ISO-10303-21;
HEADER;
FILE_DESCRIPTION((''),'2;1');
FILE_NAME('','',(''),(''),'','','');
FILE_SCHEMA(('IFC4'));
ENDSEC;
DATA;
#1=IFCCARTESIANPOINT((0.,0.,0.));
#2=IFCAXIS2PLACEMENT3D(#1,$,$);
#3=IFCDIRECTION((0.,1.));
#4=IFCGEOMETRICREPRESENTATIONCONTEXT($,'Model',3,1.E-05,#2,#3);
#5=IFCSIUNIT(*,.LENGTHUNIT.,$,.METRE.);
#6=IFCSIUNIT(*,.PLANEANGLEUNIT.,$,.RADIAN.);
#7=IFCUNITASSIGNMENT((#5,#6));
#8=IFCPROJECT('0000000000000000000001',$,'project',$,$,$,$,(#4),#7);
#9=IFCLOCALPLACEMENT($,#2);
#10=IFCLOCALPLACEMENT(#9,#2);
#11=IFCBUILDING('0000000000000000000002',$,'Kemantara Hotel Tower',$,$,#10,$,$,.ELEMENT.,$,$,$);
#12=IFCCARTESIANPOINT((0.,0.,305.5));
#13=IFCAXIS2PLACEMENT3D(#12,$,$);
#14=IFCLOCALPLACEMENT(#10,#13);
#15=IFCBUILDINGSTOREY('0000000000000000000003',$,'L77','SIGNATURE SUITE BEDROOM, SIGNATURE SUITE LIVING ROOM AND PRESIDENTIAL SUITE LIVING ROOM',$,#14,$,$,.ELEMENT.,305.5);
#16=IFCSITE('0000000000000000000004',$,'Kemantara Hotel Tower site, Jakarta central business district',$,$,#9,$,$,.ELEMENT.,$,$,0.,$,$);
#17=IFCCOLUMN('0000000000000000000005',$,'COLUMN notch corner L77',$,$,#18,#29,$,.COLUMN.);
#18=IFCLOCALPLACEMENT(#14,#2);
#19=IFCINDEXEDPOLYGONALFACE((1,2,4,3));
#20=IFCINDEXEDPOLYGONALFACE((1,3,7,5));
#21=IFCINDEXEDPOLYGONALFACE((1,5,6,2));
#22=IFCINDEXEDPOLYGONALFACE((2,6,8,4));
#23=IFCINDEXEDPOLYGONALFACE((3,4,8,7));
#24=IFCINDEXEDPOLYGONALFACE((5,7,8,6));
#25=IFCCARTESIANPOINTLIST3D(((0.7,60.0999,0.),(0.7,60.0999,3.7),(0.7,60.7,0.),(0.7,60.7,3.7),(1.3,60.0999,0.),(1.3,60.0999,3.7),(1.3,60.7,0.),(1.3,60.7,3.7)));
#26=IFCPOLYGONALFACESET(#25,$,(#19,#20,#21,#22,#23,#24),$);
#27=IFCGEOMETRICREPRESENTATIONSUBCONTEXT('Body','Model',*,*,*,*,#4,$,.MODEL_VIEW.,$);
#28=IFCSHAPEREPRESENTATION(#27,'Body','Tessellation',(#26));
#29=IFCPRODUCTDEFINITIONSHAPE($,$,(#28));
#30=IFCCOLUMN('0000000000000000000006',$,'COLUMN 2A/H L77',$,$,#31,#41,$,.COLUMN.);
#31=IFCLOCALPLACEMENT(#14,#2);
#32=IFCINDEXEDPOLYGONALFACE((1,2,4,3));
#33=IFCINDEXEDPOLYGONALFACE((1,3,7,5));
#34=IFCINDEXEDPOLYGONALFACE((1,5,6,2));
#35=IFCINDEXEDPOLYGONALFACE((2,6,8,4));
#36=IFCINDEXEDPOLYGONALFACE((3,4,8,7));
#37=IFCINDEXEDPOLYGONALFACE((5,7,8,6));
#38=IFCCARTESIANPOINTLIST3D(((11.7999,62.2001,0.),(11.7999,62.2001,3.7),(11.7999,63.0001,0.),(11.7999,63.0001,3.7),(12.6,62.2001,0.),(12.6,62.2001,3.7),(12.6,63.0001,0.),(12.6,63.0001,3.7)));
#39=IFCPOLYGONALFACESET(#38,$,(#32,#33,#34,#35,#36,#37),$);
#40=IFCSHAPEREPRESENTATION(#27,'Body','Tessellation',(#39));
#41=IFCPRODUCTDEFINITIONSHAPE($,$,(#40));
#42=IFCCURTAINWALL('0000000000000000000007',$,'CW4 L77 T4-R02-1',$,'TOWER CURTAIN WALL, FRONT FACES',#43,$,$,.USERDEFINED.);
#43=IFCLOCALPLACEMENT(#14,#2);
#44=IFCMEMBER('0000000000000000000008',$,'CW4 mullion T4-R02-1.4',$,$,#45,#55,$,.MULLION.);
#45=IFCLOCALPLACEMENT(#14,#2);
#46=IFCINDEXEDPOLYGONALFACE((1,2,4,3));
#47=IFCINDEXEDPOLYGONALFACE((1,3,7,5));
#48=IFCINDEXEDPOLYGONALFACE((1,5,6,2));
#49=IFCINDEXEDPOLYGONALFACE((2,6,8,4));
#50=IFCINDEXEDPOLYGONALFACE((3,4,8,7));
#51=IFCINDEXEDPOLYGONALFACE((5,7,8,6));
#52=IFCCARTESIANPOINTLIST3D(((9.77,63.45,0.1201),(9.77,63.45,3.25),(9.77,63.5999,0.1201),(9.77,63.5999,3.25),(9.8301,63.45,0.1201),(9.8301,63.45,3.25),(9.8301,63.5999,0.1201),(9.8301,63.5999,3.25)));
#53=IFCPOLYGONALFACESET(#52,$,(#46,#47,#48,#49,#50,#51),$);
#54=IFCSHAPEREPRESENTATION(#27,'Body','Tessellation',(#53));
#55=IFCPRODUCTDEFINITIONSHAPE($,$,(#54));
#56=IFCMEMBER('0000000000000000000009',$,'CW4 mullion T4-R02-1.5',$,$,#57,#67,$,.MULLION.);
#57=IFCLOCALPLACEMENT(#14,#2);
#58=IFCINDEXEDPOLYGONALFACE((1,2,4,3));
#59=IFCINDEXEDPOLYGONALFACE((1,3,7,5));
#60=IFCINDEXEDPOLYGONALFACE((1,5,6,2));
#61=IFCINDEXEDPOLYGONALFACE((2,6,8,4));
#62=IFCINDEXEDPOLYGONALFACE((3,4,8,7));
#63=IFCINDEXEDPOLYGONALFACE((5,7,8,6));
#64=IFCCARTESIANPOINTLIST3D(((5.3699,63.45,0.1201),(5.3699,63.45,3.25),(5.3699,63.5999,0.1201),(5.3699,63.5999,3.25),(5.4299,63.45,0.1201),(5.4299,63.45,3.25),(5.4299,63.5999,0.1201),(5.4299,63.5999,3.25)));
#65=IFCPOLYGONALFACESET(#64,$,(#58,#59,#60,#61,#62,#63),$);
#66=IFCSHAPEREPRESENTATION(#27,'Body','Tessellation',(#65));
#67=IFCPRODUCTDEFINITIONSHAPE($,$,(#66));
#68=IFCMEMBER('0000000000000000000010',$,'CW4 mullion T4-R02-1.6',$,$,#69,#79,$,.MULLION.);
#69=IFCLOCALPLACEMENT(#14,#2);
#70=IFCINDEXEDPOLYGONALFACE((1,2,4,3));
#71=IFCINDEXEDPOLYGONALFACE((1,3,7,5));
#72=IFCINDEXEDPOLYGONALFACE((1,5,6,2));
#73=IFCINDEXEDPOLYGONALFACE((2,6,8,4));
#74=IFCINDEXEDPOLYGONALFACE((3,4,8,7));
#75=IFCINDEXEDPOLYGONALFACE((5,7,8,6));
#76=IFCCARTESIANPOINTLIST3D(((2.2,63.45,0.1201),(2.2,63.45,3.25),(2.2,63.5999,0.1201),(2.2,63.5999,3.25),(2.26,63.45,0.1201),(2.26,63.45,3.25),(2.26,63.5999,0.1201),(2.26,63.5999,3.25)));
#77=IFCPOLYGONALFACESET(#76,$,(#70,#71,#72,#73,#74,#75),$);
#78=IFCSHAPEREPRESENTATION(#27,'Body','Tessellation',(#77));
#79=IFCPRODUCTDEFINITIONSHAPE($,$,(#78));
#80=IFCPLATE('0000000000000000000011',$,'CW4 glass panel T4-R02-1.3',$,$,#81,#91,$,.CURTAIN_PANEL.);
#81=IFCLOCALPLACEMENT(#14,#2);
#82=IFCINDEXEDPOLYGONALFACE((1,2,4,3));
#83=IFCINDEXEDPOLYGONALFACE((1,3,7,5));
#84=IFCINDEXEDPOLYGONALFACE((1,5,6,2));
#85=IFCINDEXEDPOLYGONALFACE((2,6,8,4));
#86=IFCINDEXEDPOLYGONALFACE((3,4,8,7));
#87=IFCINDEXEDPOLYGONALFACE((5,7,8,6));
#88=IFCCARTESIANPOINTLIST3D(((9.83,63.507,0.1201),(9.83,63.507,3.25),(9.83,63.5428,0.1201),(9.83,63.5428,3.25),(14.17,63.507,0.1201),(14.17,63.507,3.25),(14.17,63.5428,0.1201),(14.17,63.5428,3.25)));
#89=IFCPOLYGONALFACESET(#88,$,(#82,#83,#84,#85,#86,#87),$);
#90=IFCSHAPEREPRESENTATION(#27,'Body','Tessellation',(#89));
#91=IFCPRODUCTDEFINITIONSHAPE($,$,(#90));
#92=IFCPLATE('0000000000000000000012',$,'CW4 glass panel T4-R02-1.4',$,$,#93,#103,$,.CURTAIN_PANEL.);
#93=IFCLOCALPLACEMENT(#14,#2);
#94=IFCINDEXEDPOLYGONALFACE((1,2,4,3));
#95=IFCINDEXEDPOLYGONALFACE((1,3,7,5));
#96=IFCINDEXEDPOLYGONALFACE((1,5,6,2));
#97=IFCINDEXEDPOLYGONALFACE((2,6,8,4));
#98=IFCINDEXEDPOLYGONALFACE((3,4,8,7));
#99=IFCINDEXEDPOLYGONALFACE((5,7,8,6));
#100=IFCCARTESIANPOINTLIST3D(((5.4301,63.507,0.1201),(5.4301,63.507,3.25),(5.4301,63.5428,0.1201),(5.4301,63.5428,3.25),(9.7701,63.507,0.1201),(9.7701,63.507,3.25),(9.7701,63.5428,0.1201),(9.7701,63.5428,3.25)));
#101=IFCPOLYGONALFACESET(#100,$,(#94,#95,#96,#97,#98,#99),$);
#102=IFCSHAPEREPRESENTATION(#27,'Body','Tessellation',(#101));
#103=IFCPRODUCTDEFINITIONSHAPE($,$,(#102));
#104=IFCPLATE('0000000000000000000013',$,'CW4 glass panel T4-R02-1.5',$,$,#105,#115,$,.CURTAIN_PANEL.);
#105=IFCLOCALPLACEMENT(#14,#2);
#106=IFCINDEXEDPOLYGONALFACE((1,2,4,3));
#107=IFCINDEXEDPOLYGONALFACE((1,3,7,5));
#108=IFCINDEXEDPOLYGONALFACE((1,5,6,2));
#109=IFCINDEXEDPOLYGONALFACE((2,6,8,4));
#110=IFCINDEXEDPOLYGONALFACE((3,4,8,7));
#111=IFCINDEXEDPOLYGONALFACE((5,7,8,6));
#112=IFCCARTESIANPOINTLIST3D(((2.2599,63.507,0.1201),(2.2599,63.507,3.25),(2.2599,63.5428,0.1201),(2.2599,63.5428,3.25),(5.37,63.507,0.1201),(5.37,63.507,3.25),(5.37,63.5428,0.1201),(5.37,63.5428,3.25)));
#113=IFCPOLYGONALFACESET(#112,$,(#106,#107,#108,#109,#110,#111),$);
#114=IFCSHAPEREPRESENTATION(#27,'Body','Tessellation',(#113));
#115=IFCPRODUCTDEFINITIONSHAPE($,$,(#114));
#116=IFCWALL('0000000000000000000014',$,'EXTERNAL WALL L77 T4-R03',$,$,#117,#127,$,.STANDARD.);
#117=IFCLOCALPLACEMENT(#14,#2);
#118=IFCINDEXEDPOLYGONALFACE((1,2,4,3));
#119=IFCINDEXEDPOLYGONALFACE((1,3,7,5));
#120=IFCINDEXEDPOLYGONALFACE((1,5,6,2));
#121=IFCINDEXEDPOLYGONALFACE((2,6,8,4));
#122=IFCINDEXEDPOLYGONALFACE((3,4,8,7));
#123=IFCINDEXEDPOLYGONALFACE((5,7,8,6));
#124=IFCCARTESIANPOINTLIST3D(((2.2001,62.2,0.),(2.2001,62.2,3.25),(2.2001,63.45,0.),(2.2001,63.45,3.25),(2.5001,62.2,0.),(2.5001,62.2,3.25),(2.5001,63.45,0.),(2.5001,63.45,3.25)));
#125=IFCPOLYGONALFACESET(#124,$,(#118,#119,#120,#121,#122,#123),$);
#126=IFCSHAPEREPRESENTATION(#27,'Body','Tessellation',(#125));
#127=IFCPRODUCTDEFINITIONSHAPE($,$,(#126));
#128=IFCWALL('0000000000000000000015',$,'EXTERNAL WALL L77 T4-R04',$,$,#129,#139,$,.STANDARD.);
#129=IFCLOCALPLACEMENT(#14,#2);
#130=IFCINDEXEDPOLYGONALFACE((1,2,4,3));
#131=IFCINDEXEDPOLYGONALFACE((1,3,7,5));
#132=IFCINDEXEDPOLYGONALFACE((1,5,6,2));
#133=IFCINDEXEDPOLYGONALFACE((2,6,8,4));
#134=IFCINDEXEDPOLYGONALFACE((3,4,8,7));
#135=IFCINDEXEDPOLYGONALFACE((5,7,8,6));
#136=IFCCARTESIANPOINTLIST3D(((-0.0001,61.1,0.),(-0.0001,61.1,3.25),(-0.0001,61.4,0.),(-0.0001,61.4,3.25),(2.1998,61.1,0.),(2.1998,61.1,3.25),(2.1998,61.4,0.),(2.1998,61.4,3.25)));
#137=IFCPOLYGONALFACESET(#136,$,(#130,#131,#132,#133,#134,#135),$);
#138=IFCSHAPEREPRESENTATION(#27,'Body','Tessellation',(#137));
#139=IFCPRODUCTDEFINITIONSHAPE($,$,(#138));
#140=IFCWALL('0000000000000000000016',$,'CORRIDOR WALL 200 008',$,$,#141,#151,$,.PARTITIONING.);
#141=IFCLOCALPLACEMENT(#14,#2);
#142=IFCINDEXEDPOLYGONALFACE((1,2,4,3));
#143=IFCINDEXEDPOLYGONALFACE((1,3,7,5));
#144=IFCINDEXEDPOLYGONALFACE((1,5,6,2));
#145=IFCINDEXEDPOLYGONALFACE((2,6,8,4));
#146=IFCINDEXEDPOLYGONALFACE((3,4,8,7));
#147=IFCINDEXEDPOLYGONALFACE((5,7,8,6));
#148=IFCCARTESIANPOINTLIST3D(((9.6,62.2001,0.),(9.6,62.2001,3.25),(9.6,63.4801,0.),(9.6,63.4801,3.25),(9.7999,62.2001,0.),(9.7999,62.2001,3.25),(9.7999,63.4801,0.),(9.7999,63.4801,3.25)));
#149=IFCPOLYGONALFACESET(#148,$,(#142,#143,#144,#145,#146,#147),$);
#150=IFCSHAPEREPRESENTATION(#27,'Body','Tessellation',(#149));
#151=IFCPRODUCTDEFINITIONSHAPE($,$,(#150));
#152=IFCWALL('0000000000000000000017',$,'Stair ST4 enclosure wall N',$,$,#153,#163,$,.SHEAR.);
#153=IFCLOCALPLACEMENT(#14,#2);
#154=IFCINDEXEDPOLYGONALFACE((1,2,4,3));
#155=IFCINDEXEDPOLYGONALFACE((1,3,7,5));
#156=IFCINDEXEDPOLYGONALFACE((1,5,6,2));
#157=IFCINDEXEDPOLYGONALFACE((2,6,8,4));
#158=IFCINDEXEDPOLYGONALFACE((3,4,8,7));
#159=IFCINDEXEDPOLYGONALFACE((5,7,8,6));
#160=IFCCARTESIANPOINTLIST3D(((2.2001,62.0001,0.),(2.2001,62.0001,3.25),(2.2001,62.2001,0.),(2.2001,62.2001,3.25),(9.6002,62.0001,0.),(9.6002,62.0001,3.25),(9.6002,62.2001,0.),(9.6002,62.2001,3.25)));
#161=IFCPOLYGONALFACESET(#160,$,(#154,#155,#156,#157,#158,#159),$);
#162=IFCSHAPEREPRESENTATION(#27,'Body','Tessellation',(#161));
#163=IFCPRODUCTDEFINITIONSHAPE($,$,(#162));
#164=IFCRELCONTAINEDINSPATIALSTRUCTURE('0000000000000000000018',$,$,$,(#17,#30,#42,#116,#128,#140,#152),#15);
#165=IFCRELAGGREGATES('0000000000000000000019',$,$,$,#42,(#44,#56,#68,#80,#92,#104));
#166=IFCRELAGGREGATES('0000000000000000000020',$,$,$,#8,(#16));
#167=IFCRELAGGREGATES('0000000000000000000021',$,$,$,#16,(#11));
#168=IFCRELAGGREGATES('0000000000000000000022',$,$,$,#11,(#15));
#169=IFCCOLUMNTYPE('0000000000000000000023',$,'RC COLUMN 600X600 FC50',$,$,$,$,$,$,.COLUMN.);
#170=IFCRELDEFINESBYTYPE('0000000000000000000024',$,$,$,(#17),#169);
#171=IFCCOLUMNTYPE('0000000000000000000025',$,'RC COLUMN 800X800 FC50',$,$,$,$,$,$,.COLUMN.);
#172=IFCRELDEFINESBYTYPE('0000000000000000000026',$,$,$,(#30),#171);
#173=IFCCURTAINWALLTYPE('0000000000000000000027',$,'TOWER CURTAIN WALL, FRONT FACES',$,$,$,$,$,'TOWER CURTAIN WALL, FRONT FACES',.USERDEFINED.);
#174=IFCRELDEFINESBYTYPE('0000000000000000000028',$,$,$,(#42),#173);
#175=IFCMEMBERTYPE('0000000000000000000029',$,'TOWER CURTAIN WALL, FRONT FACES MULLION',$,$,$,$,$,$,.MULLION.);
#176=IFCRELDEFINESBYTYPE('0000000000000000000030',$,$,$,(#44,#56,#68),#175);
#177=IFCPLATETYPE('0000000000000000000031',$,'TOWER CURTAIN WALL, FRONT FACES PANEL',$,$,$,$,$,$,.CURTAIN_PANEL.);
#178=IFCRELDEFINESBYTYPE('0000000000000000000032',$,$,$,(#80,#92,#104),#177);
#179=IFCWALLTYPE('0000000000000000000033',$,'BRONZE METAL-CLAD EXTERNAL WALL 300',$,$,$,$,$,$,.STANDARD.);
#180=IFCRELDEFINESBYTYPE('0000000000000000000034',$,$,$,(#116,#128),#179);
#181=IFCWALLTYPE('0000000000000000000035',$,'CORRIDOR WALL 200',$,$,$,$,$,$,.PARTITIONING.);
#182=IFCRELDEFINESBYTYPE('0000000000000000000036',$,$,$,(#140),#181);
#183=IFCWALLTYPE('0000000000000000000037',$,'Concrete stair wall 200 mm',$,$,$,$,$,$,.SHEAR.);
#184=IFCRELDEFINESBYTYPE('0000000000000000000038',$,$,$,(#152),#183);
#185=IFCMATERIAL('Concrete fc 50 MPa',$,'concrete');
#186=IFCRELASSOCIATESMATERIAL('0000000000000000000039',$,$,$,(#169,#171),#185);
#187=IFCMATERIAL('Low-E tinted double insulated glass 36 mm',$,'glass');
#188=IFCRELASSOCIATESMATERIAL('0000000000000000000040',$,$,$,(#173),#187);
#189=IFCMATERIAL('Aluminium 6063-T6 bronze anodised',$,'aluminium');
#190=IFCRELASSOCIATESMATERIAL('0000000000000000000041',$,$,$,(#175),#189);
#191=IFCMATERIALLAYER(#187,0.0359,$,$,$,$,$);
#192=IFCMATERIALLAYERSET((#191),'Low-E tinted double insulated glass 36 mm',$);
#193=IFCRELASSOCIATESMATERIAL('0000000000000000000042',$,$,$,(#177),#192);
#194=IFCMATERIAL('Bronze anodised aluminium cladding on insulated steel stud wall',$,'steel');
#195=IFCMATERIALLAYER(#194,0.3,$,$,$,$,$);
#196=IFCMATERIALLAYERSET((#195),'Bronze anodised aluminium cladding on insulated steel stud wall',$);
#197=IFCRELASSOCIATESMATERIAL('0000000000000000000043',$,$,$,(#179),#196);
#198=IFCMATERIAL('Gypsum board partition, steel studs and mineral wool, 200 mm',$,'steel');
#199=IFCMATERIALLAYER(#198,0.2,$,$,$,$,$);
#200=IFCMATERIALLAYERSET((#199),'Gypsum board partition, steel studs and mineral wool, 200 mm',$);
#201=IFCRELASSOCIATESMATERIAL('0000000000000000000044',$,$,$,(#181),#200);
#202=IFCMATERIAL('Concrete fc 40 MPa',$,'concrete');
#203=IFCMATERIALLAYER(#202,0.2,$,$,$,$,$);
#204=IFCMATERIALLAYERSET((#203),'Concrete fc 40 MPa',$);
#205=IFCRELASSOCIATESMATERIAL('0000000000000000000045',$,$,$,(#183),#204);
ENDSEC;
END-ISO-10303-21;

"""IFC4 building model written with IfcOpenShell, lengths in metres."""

from ifc_helpers import new_model, si_unit, direction, frame, frame_2d, origin, origin_2d, place, context, subcontext, project, spatial, rectangle, extrude, source, transform, mapped, material, layer, layer_set, material_profile, profile_set, type_object, element, aggregate, save


model = new_model("IFC4")

# Units and contexts
model_context = context("Model", 3, precision=1e-05, world=origin(), true_north=direction((0.0, 1.0)))
body_context = subcontext(model_context, "Body", "Model", "MODEL_VIEW")
ifc_project = project(units=[si_unit("LENGTHUNIT", "METRE"), si_unit("PLANEANGLEUNIT", "RADIAN")], contexts=[model_context])

# Site, building, storey
site_placement = place(None, origin())
site = spatial("IfcSite", under=ifc_project, at=site_placement, Name="Kemantara Hotel Tower site, Jakarta central business district", CompositionType="ELEMENT", RefElevation=0.0)
building_placement = place(site_placement, origin())
building = spatial("IfcBuilding", under=site, at=building_placement, Name="Kemantara Hotel Tower", CompositionType="ELEMENT")
storey_placement = place(building_placement, frame((0.0, 0.0, 305.5)))
storey = spatial("IfcBuildingStorey", under=building, at=storey_placement, Name="L77", Description="SIGNATURE SUITE BEDROOM, SIGNATURE SUITE LIVING ROOM AND PRESIDENTIAL SUITE LIVING ROOM", CompositionType="ELEMENT", Elevation=305.5)

# Columns
ifc_material_1 = material(Name="Concrete fc 50 MPa", Category="concrete")
ifc_material_profile_1 = material_profile(ifc_material_1, rectangle(XDim=0.6001, YDim=0.6001, at=origin_2d()), Name="RC 600X600")
ifc_profile_set_1 = profile_set([ifc_material_profile_1], Name="Concrete fc 50 MPa")
column_type_1 = type_object("IfcColumnType", Name="RC COLUMN 600X600 FC50", PredefinedType="COLUMN", material=ifc_profile_set_1)
column_1_placement = place(storey_placement, frame((1.0, 60.3999, 0.0), z_axis=(0.0, 0.0, 1.0), x_axis=(1.0, 0.0, 0.0)))
element("IfcColumn", 1, at=column_1_placement, inside=storey, type_object=column_type_1, Name="COLUMN notch corner L77", PredefinedType="COLUMN", context=body_context, shape_type="SweptSolid", body=[
    extrude(rectangle(XDim=0.6001, YDim=0.6001, at=origin_2d()), origin(), (0.0, 0.0, 1.0), 3.7),
])
ifc_material_profile_2 = material_profile(ifc_material_1, rectangle(XDim=0.8, YDim=0.8, at=origin_2d()), Name="RC 800X800")
ifc_profile_set_2 = profile_set([ifc_material_profile_2], Name="Concrete fc 50 MPa")
column_type_2 = type_object("IfcColumnType", Name="RC COLUMN 800X800 FC50", PredefinedType="COLUMN", material=ifc_profile_set_2)
column_2_placement = place(storey_placement, frame((12.2, 62.6001, 0.0), z_axis=(0.0, 0.0, 1.0), x_axis=(1.0, 0.0, 0.0)))
element("IfcColumn", 2, at=column_2_placement, inside=storey, type_object=column_type_2, Name="COLUMN 2A/H L77", PredefinedType="COLUMN", context=body_context, shape_type="SweptSolid", body=[
    extrude(rectangle(XDim=0.8, YDim=0.8, at=origin_2d()), origin(), (0.0, 0.0, 1.0), 3.7),
])

# Curtain wall, members, plates
ifc_material_2 = material(Name="Low-E tinted double insulated glass 36 mm", Category="glass")
curtain_wall_type = type_object("IfcCurtainWallType", Name="TOWER CURTAIN WALL, FRONT FACES", ElementType="TOWER CURTAIN WALL, FRONT FACES", PredefinedType="USERDEFINED", material=ifc_material_2)
curtain_wall_placement = place(storey_placement, origin())
curtain_wall = element("IfcCurtainWall", 3, at=curtain_wall_placement, inside=storey, type_object=curtain_wall_type, Name="CW4 L77 T4-R02-1", ObjectType="TOWER CURTAIN WALL, FRONT FACES", PredefinedType="USERDEFINED")
ifc_material_3 = material(Name="Aluminium 6063-T6 bronze anodised", Category="aluminium")
ifc_material_profile_3 = material_profile(ifc_material_3, rectangle(XDim=0.1499, YDim=0.0601, at=origin_2d()), Name="TOWER CURTAIN WALL, FRONT FACES MULLION")
ifc_profile_set_3 = profile_set([ifc_material_profile_3], Name="Aluminium 6063-T6 bronze anodised")
member_type = type_object("IfcMemberType", Name="TOWER CURTAIN WALL, FRONT FACES MULLION", PredefinedType="MULLION", material=ifc_profile_set_3)
shared_shape_1 = source(origin(), body_context, "Body", "SweptSolid", [
    extrude(rectangle(XDim=0.1499, YDim=0.0601, at=origin_2d()), origin(), (0.0, 0.0, 1.0), 3.1299),
])
member_1_placement = place(storey_placement, frame((9.8, 63.5249, 0.1201), z_axis=(0.0, 0.0, 1.0), x_axis=(0.0, -1.0, 0.0)))
member_1 = element("IfcMember", 4, at=member_1_placement, type_object=member_type, Name="CW4 mullion T4-R02-1.4", PredefinedType="MULLION", context=body_context, shape_type="MappedRepresentation", body=[
    mapped(shared_shape_1, transform((0.0, 0.0, 0.0))),
])
member_2_placement = place(storey_placement, frame((5.3999, 63.5249, 0.1201), z_axis=(0.0, 0.0, 1.0), x_axis=(0.0, -1.0, 0.0)))
member_2 = element("IfcMember", 5, at=member_2_placement, type_object=member_type, Name="CW4 mullion T4-R02-1.5", PredefinedType="MULLION", context=body_context, shape_type="MappedRepresentation", body=[
    mapped(shared_shape_1, transform((0.0, 0.0, 0.0))),
])
member_3_placement = place(storey_placement, frame((2.23, 63.5249, 0.1201), z_axis=(0.0, 0.0, 1.0), x_axis=(0.0, -1.0, 0.0)))
member_3 = element("IfcMember", 6, at=member_3_placement, type_object=member_type, Name="CW4 mullion T4-R02-1.6", PredefinedType="MULLION", context=body_context, shape_type="MappedRepresentation", body=[
    mapped(shared_shape_1, transform((0.0, 0.0, 0.0))),
])
ifc_layer_1 = layer(ifc_material_2, 0.0359)
ifc_layer_set_1 = layer_set([ifc_layer_1], Name="Low-E tinted double insulated glass 36 mm")
plate_type = type_object("IfcPlateType", Name="TOWER CURTAIN WALL, FRONT FACES PANEL", PredefinedType="CURTAIN_PANEL", material=ifc_layer_set_1)
shared_shape_2 = source(origin(), body_context, "Body", "SweptSolid", [
    extrude(rectangle(XDim=4.3401, YDim=0.0359, at=origin_2d()), origin(), (0.0, 0.0, 1.0), 3.1299),
])
plate_1_placement = place(storey_placement, frame((12.0, 63.5249, 0.1201), z_axis=(0.0, 0.0, 1.0), x_axis=(-1.0, 0.0, 0.0)))
plate_1 = element("IfcPlate", 7, at=plate_1_placement, type_object=plate_type, Name="CW4 glass panel T4-R02-1.3", PredefinedType="CURTAIN_PANEL", context=body_context, shape_type="MappedRepresentation", body=[
    mapped(shared_shape_2, transform((0.0, 0.0, 0.0))),
])
plate_2_placement = place(storey_placement, frame((7.6001, 63.5249, 0.1201), z_axis=(0.0, 0.0, 1.0), x_axis=(-1.0, 0.0, 0.0)))
plate_2 = element("IfcPlate", 8, at=plate_2_placement, type_object=plate_type, Name="CW4 glass panel T4-R02-1.4", PredefinedType="CURTAIN_PANEL", context=body_context, shape_type="MappedRepresentation", body=[
    mapped(shared_shape_2, transform((0.0, 0.0, 0.0))),
])
shared_shape_3 = source(origin(), body_context, "Body", "SweptSolid", [
    extrude(rectangle(XDim=3.1101, YDim=0.0359, at=origin_2d()), origin(), (0.0, 0.0, 1.0), 3.1299),
])
plate_3_placement = place(storey_placement, frame((3.8149, 63.5249, 0.1201), z_axis=(0.0, 0.0, 1.0), x_axis=(-1.0, 0.0, 0.0)))
plate_3 = element("IfcPlate", 9, at=plate_3_placement, type_object=plate_type, Name="CW4 glass panel T4-R02-1.5", PredefinedType="CURTAIN_PANEL", context=body_context, shape_type="MappedRepresentation", body=[
    mapped(shared_shape_3, transform((0.0, 0.0, 0.0))),
])
aggregate(curtain_wall, [member_1, member_2, member_3, plate_1, plate_2, plate_3])

# Walls
ifc_material_4 = material(Name="Bronze anodised aluminium cladding on insulated steel stud wall", Category="steel")
ifc_layer_2 = layer(ifc_material_4, 0.3)
ifc_layer_set_2 = layer_set([ifc_layer_2], Name="Bronze anodised aluminium cladding on insulated steel stud wall")
wall_type_1 = type_object("IfcWallType", Name="BRONZE METAL-CLAD EXTERNAL WALL 300", PredefinedType="STANDARD", material=ifc_layer_set_2)
wall_1_placement = place(storey_placement, frame((2.3501, 63.45, 0.0), z_axis=(0.0, 0.0, 1.0), x_axis=(0.0, -1.0, 0.0)))
element("IfcWall", 10, at=wall_1_placement, inside=storey, type_object=wall_type_1, Name="EXTERNAL WALL L77 T4-R03", PredefinedType="STANDARD", context=body_context, shape_type="SweptSolid", body=[
    extrude(rectangle(XDim=1.25, YDim=0.3, at=frame_2d((0.625, 0.0))), origin(), (0.0, 0.0, 1.0), 3.25),
])
wall_2_placement = place(storey_placement, frame((2.2, 61.25, 0.0), z_axis=(0.0, 0.0, 1.0), x_axis=(-1.0, 0.0, 0.0)))
element("IfcWall", 11, at=wall_2_placement, inside=storey, type_object=wall_type_1, Name="EXTERNAL WALL L77 T4-R04", PredefinedType="STANDARD", context=body_context, shape_type="SweptSolid", body=[
    extrude(rectangle(XDim=2.2, YDim=0.3, at=frame_2d((1.1001, 0.0))), origin(), (0.0, 0.0, 1.0), 3.25),
])

# Walls
ifc_material_5 = material(Name="Gypsum board partition, steel studs and mineral wool, 200 mm", Category="steel")
ifc_layer_3 = layer(ifc_material_5, 0.2)
ifc_layer_set_3 = layer_set([ifc_layer_3], Name="Gypsum board partition, steel studs and mineral wool, 200 mm")
wall_type_2 = type_object("IfcWallType", Name="CORRIDOR WALL 200", PredefinedType="PARTITIONING", material=ifc_layer_set_3)
wall_3_placement = place(storey_placement, frame((9.7, 62.2, 0.0), z_axis=(0.0, 0.0, 1.0), x_axis=(0.0, 1.0, 0.0)))
element("IfcWall", 12, at=wall_3_placement, inside=storey, type_object=wall_type_2, Name="CORRIDOR WALL 200 008", PredefinedType="PARTITIONING", context=body_context, shape_type="SweptSolid", body=[
    extrude(rectangle(XDim=1.28, YDim=0.2, at=frame_2d((0.6401, 0.0))), origin(), (0.0, 0.0, 1.0), 3.25),
])
ifc_material_6 = material(Name="Concrete fc 40 MPa", Category="concrete")
ifc_layer_4 = layer(ifc_material_6, 0.2)
ifc_layer_set_4 = layer_set([ifc_layer_4], Name="Concrete fc 40 MPa")
wall_type_3 = type_object("IfcWallType", Name="Concrete stair wall 200 mm", PredefinedType="SHEAR", material=ifc_layer_set_4)
wall_4_placement = place(storey_placement, frame((2.2, 62.1001, 0.0), z_axis=(0.0, 0.0, 1.0), x_axis=(1.0, 0.0, 0.0)))
element("IfcWall", 13, at=wall_4_placement, inside=storey, type_object=wall_type_3, Name="Stair ST4 enclosure wall N", PredefinedType="SHEAR", context=body_context, shape_type="SweptSolid", body=[
    extrude(rectangle(XDim=7.4001, YDim=0.2, at=frame_2d((3.7002, 0.0))), origin(), (0.0, 0.0, 1.0), 3.25),
])

save(model, "model.ifc")
